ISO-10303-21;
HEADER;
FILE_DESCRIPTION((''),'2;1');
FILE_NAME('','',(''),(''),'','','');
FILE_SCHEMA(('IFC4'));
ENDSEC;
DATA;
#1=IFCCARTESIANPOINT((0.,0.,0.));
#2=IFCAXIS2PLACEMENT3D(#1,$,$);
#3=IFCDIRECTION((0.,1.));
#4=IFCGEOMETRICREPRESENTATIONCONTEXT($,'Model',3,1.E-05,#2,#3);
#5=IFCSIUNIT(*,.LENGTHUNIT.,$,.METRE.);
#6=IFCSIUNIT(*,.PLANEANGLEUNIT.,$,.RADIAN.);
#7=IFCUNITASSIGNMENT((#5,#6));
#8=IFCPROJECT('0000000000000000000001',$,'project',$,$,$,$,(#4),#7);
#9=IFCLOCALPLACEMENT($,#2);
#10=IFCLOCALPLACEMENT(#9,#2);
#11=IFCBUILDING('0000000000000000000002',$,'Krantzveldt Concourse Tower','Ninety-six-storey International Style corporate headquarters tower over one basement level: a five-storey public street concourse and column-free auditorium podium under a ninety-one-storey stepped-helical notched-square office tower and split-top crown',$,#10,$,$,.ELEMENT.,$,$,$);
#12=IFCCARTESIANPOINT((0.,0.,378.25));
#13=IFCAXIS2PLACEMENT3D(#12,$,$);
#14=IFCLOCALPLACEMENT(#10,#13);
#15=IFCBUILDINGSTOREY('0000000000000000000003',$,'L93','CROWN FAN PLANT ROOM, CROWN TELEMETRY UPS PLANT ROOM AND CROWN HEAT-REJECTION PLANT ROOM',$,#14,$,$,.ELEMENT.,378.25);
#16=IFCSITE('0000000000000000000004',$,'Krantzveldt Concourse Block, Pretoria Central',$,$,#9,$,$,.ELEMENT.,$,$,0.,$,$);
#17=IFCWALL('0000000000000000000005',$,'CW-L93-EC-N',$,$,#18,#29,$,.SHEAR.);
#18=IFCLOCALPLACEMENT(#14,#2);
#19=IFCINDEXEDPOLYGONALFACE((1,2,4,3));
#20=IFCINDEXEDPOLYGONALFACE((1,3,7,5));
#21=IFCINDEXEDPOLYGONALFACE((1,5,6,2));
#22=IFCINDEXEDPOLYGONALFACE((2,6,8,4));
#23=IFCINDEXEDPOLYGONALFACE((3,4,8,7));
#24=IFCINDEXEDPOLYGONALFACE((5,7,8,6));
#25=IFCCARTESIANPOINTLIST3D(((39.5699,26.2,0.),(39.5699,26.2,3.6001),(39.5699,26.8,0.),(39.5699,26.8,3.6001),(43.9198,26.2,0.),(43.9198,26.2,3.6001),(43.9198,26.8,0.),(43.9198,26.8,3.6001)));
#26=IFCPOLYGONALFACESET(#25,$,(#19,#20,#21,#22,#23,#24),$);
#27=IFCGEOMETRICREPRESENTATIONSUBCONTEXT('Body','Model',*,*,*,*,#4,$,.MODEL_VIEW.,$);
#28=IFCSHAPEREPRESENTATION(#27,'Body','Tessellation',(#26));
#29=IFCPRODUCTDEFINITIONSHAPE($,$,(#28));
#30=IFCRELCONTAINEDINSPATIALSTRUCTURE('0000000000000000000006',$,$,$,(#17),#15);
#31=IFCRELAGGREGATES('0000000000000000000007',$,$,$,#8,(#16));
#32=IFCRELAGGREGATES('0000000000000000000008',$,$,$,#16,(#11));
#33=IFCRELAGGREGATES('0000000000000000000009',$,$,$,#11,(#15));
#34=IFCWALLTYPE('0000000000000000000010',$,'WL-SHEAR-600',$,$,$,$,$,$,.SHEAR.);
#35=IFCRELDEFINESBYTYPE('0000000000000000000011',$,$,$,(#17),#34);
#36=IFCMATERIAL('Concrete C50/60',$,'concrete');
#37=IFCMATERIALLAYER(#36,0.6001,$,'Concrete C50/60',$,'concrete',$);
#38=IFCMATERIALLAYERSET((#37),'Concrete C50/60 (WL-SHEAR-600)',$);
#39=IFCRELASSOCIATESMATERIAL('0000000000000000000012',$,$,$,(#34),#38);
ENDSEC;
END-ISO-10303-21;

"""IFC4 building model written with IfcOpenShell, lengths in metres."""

from ifc_helpers import new_model, si_unit, direction, frame, frame_2d, origin, place, context, subcontext, project, spatial, rectangle, extrude, material, layer, layer_set, type_object, element, save


model = new_model("IFC4")

# Units and contexts
model_context = context("Model", 3, precision=1e-05, world=origin(), true_north=direction((0.0, 1.0)))
body_context = subcontext(model_context, "Body", "Model", "MODEL_VIEW")
ifc_project = project(units=[si_unit("LENGTHUNIT", "METRE"), si_unit("PLANEANGLEUNIT", "RADIAN")], contexts=[model_context])

# Site, building, storey
site_placement = place(None, origin())
site = spatial("IfcSite", under=ifc_project, at=site_placement, Name="Krantzveldt Concourse Block, Pretoria Central", CompositionType="ELEMENT", RefElevation=0.0)
building_placement = place(site_placement, origin())
building = spatial("IfcBuilding", under=site, at=building_placement, Name="Krantzveldt Concourse Tower", Description="Ninety-six-storey International Style corporate headquarters tower over one basement level: a five-storey public street concourse and column-free auditorium podium under a ninety-one-storey stepped-helical notched-square office tower and split-top crown", CompositionType="ELEMENT")
storey_placement = place(building_placement, frame((0.0, 0.0, 378.25)))
storey = spatial("IfcBuildingStorey", under=building, at=storey_placement, Name="L93", Description="CROWN FAN PLANT ROOM, CROWN TELEMETRY UPS PLANT ROOM AND CROWN HEAT-REJECTION PLANT ROOM", CompositionType="ELEMENT", Elevation=378.25)

# Wall
ifc_material_1 = material(Name="Concrete C50/60", Category="concrete")
ifc_layer_1 = layer(ifc_material_1, 0.6001, Name="Concrete C50/60", Category="concrete")
ifc_layer_set_1 = layer_set([ifc_layer_1], Name="Concrete C50/60 (WL-SHEAR-600)")
wall_type_1 = type_object("IfcWallType", Name="WL-SHEAR-600", PredefinedType="SHEAR", material=ifc_layer_set_1)
wall_1_placement = place(storey_placement, frame((39.5701, 26.5, 0.0), z_axis=(0.0, 0.0, 1.0), x_axis=(1.0, 0.0, 0.0)))
element("IfcWall", 1, at=wall_1_placement, inside=storey, type_object=wall_type_1, Name="CW-L93-EC-N", PredefinedType="SHEAR", context=body_context, shape_type="SweptSolid", body=[
    extrude(rectangle(XDim=4.3499, YDim=0.6001, at=frame_2d((2.1748, 0.0))), origin(), (0.0, 0.0, 1.0), 3.6001),
])

save(model, "model.ifc")
